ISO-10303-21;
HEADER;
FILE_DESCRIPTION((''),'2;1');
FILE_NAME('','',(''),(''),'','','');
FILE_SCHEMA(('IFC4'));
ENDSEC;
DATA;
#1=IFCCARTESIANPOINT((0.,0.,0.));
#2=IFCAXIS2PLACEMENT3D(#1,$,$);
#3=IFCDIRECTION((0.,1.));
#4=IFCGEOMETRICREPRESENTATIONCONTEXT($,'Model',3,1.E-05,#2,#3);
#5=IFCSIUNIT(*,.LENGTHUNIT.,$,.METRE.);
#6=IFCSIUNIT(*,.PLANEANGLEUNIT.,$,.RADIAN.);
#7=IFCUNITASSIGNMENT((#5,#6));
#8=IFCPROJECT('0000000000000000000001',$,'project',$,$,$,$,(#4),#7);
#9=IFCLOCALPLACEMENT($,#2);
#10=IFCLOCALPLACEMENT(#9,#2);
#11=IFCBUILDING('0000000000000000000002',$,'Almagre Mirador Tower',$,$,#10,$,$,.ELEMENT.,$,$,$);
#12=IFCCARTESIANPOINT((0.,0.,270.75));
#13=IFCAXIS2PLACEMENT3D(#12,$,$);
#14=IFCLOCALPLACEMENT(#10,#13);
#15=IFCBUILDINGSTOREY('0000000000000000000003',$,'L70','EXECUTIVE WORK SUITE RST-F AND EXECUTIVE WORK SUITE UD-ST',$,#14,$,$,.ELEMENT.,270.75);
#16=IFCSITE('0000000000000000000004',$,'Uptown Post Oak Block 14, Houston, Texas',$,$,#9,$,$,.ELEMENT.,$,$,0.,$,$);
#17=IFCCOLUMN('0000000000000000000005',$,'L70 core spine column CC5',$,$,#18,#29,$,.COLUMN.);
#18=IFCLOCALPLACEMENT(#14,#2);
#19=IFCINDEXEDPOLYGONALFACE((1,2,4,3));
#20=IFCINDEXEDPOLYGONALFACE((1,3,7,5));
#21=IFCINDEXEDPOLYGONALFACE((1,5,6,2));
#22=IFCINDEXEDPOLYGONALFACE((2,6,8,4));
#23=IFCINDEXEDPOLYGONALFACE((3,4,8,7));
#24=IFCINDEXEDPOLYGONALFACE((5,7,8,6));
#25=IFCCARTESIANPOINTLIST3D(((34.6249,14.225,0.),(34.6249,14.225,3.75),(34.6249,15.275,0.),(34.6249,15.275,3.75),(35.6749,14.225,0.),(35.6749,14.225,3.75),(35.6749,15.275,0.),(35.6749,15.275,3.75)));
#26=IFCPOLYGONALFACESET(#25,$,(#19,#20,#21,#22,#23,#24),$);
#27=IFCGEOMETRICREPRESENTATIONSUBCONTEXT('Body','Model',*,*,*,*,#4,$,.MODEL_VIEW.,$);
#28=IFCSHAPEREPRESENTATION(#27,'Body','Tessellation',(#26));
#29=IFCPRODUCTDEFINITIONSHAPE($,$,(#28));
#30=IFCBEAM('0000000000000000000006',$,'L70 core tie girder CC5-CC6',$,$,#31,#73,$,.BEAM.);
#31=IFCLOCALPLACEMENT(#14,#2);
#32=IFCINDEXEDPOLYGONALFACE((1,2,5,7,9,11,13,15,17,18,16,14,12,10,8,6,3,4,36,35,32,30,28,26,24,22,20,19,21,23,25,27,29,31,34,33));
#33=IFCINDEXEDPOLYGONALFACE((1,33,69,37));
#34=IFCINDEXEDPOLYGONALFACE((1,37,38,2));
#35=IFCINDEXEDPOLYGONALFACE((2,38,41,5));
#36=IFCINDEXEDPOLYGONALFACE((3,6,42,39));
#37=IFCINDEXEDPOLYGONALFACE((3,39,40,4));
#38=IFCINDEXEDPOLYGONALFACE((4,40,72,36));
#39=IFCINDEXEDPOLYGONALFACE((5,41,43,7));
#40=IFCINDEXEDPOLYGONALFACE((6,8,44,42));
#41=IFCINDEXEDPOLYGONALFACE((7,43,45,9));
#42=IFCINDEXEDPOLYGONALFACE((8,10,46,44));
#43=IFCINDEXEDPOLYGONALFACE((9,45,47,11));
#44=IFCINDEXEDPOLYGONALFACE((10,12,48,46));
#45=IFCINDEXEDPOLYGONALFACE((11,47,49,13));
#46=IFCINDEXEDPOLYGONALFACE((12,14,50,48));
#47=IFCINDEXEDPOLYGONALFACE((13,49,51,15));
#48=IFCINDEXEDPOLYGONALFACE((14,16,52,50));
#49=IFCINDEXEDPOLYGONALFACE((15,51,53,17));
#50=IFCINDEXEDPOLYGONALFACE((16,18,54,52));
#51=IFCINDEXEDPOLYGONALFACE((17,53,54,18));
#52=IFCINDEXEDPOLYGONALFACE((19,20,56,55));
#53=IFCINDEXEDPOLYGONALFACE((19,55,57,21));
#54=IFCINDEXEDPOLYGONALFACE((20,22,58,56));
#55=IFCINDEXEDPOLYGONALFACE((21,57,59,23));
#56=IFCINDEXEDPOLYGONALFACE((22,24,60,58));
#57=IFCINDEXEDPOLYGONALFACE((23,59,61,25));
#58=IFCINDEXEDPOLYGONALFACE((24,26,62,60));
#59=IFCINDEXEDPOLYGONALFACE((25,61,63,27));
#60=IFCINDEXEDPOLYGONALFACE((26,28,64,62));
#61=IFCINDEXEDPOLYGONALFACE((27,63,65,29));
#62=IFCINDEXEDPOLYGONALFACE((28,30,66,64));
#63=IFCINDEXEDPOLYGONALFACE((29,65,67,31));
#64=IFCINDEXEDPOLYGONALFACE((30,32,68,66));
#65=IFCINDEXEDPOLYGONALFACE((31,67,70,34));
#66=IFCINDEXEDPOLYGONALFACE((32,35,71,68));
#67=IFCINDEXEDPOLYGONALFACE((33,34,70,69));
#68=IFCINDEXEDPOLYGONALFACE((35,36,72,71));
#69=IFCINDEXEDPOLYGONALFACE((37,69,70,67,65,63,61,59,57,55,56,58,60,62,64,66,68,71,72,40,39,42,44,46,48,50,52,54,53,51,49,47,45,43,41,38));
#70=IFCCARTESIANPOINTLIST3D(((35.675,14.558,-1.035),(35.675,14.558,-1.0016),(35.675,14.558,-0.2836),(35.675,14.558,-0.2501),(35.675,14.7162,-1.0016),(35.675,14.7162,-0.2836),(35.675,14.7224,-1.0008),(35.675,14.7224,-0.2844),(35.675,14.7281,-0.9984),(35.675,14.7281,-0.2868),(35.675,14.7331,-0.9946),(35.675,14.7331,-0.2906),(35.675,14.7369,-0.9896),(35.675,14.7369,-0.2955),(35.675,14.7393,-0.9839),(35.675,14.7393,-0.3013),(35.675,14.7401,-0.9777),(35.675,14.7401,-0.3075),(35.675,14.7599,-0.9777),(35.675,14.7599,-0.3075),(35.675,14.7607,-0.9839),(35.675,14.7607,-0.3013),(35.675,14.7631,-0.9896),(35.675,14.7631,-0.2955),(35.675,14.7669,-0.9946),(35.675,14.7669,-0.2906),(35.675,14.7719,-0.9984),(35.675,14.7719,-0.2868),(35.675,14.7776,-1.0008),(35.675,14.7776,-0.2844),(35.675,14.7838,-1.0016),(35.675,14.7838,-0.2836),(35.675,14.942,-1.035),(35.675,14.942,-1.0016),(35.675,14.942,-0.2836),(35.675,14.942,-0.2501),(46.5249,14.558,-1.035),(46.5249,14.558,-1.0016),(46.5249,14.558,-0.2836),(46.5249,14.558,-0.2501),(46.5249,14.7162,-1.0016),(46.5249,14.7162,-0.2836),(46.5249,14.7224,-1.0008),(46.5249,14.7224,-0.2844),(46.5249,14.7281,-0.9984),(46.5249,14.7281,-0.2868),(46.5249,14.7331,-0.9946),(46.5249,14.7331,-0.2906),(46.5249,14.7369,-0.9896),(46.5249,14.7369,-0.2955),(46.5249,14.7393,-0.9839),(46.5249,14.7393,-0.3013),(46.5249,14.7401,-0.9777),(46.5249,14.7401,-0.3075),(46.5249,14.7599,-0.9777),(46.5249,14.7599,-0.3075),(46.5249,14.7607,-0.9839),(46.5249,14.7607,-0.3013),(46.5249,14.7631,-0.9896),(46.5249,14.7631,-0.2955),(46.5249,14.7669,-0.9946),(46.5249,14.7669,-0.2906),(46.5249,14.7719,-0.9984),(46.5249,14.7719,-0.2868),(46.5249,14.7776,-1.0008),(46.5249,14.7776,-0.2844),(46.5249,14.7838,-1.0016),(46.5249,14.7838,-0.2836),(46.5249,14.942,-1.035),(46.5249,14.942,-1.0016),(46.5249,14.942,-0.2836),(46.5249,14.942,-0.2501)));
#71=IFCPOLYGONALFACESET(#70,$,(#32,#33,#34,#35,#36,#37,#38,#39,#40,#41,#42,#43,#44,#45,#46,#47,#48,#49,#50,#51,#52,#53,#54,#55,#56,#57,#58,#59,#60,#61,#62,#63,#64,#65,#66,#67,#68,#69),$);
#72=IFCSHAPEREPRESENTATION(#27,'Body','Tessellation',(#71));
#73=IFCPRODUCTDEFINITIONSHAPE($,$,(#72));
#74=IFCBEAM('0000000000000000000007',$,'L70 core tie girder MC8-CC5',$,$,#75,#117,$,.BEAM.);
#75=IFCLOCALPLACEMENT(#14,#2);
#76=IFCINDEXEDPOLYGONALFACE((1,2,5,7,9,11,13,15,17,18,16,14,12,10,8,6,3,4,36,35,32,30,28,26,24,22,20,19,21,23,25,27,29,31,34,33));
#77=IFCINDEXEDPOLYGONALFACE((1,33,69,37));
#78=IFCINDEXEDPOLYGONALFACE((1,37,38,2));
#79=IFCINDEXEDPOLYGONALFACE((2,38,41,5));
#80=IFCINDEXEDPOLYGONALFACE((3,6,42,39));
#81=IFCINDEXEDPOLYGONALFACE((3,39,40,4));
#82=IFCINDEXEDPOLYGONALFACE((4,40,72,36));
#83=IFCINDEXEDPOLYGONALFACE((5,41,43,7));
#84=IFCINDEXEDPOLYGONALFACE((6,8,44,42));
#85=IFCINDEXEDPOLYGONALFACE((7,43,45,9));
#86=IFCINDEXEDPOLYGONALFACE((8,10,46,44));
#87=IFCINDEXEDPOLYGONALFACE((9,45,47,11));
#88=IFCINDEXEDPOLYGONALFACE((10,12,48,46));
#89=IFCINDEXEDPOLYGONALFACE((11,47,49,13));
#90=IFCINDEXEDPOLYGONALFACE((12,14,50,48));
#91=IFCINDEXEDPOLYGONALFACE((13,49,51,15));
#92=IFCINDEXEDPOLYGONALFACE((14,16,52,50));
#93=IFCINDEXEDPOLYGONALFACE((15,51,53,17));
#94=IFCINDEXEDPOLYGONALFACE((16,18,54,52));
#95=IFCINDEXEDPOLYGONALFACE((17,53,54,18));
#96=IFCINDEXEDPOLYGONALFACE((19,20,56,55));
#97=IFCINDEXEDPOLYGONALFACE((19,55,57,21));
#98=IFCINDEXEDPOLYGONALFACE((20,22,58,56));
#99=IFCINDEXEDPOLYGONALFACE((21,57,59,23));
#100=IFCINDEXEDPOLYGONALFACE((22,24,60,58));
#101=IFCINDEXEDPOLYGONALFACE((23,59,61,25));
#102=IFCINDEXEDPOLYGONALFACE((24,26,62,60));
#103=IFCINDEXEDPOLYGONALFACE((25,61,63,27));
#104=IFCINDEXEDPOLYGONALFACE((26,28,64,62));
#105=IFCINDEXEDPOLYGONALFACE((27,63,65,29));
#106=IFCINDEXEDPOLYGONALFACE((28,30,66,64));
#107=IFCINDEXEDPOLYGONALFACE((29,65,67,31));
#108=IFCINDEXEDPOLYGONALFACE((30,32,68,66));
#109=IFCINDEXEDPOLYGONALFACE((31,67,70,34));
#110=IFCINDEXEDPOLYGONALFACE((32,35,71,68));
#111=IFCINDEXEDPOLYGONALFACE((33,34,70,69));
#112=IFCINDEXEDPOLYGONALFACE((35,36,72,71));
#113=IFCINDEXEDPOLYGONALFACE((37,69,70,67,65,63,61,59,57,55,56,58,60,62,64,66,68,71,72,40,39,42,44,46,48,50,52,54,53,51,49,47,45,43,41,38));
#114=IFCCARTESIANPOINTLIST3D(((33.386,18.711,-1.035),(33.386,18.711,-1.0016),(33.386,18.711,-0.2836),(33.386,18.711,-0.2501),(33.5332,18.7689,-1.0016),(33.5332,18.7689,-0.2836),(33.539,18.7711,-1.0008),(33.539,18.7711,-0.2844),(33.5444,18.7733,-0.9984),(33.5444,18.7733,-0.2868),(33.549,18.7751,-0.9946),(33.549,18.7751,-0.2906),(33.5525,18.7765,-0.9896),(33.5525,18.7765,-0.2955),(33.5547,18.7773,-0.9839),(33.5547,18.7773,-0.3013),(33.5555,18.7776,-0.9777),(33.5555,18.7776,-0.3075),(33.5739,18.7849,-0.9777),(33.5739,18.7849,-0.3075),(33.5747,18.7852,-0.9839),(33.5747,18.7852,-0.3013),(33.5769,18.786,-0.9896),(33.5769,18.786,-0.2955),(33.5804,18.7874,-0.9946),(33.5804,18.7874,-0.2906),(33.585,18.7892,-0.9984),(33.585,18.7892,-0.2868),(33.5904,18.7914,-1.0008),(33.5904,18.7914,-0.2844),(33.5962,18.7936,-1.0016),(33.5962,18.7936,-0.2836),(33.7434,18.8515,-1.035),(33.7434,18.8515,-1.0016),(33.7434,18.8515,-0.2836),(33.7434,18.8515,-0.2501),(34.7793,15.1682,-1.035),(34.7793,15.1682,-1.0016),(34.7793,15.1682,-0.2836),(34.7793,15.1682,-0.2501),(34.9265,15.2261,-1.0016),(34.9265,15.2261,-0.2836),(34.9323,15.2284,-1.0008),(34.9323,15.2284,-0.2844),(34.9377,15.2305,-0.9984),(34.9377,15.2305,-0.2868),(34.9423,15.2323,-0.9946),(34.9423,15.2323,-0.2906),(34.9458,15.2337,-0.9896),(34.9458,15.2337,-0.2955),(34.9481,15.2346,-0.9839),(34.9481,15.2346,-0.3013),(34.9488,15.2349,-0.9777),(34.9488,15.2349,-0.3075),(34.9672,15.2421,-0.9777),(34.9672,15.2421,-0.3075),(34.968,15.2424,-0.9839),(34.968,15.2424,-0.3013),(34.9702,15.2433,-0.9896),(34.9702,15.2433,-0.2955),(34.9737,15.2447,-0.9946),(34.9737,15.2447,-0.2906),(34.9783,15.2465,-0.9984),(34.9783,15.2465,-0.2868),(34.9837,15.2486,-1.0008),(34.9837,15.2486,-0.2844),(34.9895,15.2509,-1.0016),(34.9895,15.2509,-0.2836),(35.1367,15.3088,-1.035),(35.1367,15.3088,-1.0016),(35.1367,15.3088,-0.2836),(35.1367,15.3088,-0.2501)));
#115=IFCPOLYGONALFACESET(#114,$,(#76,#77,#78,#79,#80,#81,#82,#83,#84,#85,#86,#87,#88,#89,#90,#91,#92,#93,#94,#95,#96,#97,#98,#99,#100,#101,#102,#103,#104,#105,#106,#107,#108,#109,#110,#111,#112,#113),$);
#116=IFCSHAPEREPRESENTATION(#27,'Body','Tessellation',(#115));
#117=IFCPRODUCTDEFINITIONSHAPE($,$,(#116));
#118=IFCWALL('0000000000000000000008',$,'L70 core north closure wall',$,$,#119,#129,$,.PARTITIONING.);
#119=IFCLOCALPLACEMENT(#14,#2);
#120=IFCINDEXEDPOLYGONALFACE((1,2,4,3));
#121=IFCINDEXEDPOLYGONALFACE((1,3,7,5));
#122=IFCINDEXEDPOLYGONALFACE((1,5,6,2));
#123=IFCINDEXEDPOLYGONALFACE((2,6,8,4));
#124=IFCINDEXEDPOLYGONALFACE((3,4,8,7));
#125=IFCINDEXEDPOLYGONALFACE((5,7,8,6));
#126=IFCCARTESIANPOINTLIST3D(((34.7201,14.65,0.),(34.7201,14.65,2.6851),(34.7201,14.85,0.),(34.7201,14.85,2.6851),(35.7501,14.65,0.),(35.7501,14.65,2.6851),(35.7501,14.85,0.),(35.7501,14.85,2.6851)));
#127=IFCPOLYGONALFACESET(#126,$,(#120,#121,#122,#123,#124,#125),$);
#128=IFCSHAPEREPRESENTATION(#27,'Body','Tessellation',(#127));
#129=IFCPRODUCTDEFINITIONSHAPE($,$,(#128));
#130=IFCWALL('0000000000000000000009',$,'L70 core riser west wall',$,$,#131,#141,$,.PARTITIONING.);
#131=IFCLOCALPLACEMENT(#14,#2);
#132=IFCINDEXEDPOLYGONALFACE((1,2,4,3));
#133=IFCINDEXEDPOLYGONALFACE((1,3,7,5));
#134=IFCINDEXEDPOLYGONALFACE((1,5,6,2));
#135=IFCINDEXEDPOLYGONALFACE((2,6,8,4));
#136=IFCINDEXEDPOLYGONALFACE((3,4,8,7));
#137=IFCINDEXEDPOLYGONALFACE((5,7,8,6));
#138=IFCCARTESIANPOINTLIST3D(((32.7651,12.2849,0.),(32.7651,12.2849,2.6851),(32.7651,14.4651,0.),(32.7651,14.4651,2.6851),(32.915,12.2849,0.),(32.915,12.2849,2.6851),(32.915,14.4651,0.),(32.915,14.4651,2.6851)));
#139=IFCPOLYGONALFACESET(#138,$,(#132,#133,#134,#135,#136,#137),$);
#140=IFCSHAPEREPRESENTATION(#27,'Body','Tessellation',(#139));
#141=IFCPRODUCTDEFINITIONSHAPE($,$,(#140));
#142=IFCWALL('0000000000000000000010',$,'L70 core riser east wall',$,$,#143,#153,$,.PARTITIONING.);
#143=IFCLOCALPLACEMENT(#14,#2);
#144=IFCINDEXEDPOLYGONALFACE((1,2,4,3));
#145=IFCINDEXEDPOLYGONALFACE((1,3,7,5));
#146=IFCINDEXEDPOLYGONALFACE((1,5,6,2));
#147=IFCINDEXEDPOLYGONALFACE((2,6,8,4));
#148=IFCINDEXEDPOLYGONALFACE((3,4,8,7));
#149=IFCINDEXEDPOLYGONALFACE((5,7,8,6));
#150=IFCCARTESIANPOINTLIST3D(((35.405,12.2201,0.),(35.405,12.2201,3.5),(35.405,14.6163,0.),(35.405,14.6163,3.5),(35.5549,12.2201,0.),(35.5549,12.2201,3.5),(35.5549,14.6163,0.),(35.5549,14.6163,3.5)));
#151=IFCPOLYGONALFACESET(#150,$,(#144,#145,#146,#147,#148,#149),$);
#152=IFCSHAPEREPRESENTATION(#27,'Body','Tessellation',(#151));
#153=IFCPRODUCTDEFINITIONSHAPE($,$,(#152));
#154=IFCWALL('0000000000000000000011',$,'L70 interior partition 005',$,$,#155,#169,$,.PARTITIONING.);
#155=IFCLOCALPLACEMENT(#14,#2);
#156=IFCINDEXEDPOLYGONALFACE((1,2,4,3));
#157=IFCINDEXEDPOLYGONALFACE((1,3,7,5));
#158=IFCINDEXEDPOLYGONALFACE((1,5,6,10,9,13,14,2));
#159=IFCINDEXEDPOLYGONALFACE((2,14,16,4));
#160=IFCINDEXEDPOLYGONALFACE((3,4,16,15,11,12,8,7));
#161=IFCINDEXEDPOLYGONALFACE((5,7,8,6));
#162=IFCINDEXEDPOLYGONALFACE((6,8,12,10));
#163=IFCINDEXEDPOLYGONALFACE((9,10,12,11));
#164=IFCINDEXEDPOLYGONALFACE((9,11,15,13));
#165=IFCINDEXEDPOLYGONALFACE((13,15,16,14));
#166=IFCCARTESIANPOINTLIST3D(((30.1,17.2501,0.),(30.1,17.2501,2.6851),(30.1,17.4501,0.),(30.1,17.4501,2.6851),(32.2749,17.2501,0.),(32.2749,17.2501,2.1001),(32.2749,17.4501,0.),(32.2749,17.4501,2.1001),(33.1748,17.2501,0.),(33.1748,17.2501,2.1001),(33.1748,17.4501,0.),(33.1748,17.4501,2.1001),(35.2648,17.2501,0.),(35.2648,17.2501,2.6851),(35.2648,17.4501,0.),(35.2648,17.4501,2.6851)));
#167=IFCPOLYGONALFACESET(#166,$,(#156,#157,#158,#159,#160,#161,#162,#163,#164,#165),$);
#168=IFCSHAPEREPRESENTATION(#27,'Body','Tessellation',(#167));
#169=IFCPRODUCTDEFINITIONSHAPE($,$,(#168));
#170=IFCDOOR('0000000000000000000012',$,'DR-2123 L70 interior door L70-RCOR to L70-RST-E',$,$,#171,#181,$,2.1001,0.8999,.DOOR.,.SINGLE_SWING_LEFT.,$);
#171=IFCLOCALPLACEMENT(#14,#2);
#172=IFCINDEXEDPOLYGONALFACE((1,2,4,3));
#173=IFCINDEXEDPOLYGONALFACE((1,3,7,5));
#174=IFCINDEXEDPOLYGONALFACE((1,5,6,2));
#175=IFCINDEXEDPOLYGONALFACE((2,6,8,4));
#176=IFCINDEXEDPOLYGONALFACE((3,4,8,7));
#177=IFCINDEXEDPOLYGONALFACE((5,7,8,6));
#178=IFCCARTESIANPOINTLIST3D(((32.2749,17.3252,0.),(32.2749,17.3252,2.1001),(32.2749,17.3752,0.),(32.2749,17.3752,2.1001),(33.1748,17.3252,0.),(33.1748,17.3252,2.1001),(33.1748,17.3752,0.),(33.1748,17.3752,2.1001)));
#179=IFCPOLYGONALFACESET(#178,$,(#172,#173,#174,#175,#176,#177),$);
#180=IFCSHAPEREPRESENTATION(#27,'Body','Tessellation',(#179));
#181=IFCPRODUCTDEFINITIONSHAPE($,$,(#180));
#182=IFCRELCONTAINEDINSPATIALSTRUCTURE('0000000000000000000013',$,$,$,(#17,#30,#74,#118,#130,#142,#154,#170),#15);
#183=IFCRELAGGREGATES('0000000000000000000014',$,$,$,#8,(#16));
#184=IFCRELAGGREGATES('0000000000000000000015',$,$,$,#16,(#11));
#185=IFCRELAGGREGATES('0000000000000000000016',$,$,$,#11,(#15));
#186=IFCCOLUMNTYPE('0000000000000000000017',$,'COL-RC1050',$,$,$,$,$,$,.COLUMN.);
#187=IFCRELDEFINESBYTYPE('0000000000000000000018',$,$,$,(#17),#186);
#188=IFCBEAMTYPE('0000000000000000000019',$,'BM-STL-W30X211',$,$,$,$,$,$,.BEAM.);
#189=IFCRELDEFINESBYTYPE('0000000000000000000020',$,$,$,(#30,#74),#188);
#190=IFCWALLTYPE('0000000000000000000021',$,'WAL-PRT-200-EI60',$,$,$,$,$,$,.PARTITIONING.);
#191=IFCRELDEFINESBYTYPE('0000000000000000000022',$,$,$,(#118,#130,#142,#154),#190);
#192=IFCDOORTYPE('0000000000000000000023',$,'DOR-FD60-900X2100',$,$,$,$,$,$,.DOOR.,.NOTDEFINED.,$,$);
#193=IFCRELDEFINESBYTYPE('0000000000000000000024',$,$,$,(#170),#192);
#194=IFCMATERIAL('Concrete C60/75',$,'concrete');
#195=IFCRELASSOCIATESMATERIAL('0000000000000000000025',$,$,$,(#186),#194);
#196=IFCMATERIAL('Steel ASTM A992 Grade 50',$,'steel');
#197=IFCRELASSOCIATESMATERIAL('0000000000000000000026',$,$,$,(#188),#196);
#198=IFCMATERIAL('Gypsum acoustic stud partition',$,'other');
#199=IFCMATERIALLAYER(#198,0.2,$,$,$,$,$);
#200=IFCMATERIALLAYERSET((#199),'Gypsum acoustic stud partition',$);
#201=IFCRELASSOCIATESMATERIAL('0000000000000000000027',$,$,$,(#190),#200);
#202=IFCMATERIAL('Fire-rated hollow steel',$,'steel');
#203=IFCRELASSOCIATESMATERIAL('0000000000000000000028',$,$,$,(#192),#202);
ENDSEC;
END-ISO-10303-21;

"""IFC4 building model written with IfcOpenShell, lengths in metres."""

from ifc_helpers import new_model, si_unit, direction, frame, frame_2d, origin, origin_2d, place, context, subcontext, project, spatial, rectangle, i_section, extrude, material, layer, layer_set, material_profile, profile_set, type_object, element, fill, save


model = new_model("IFC4")

# Units and contexts
model_context = context("Model", 3, precision=1e-05, world=origin(), true_north=direction((0.0, 1.0)))
body_context = subcontext(model_context, "Body", "Model", "MODEL_VIEW")
ifc_project = project(units=[si_unit("LENGTHUNIT", "METRE"), si_unit("PLANEANGLEUNIT", "RADIAN")], contexts=[model_context])

# Site, building, storey
site_placement = place(None, origin())
site = spatial("IfcSite", under=ifc_project, at=site_placement, Name="Uptown Post Oak Block 14, Houston, Texas", CompositionType="ELEMENT", RefElevation=0.0)
building_placement = place(site_placement, origin())
building = spatial("IfcBuilding", under=site, at=building_placement, Name="Almagre Mirador Tower", CompositionType="ELEMENT")
storey_placement = place(building_placement, frame((0.0, 0.0, 270.75)))
storey = spatial("IfcBuildingStorey", under=building, at=storey_placement, Name="L70", Description="EXECUTIVE WORK SUITE RST-F AND EXECUTIVE WORK SUITE UD-ST", CompositionType="ELEMENT", Elevation=270.75)

# Column
ifc_material_1 = material(Name="Concrete C60/75", Category="concrete")
ifc_material_profile_1 = material_profile(ifc_material_1, rectangle(XDim=1.05, YDim=1.05, at=origin_2d()), Name="RC1050X1050")
ifc_profile_set_1 = profile_set([ifc_material_profile_1], Name="Concrete C60/75")
column_type = type_object("IfcColumnType", Name="COL-RC1050", PredefinedType="COLUMN", material=ifc_profile_set_1)
column_placement = place(storey_placement, frame((35.1499, 14.75, 0.0), z_axis=(0.0, 0.0, 1.0), x_axis=(1.0, 0.0, 0.0)))
element("IfcColumn", 1, at=column_placement, inside=storey, type_object=column_type, Name="L70 core spine column CC5", PredefinedType="COLUMN", context=body_context, shape_type="SweptSolid", body=[
    extrude(rectangle(XDim=1.05, YDim=1.05, at=origin_2d()), origin(), (0.0, 0.0, 1.0), 3.75),
])

# Beams
ifc_material_2 = material(Name="Steel ASTM A992 Grade 50", Category="steel")
ifc_material_profile_2 = material_profile(ifc_material_2, i_section(OverallWidth=0.384, OverallDepth=0.7849, WebThickness=0.0198, FlangeThickness=0.0334, FilletRadius=0.0239, at=origin_2d()), Name="W30X211")
ifc_profile_set_2 = profile_set([ifc_material_profile_2], Name="Steel ASTM A992 Grade 50")
beam_type = type_object("IfcBeamType", Name="BM-STL-W30X211", PredefinedType="BEAM", material=ifc_profile_set_2)
beam_1_placement = place(storey_placement, frame((35.675, 14.75, -0.6426), z_axis=(1.0, 0.0, 0.0), x_axis=(0.0, 1.0, 0.0)))
element("IfcBeam", 2, at=beam_1_placement, inside=storey, type_object=beam_type, Name="L70 core tie girder CC5-CC6", PredefinedType="BEAM", context=body_context, shape_type="SweptSolid", body=[
    extrude(i_section(OverallWidth=0.384, OverallDepth=0.7849, WebThickness=0.0198, FlangeThickness=0.0334, FilletRadius=0.0239, at=origin_2d()), origin(), (0.0, 0.0, 1.0), 10.8499),
])
beam_2_placement = place(storey_placement, frame((33.5647, 18.7812, -0.6426), z_axis=(0.366, -0.930615, 0.0), x_axis=(0.930615, 0.366, 0.0)))
element("IfcBeam", 3, at=beam_2_placement, inside=storey, type_object=beam_type, Name="L70 core tie girder MC8-CC5", PredefinedType="BEAM", context=body_context, shape_type="SweptSolid", body=[
    extrude(i_section(OverallWidth=0.384, OverallDepth=0.7849, WebThickness=0.0198, FlangeThickness=0.0334, FilletRadius=0.0239, at=origin_2d()), origin(), (0.0, 0.0, 1.0), 3.8069),
])

# Wall
ifc_material_3 = material(Name="Gypsum acoustic stud partition", Category="other")
ifc_layer_1 = layer(ifc_material_3, 0.2)
ifc_layer_set_1 = layer_set([ifc_layer_1], Name="Gypsum acoustic stud partition")
wall_type_1 = type_object("IfcWallType", Name="WAL-PRT-200-EI60", PredefinedType="PARTITIONING", material=ifc_layer_set_1)
wall_1_placement = place(storey_placement, frame((34.72, 14.75, 0.0), z_axis=(0.0, 0.0, 1.0), x_axis=(1.0, 0.0, 0.0)))
element("IfcWall", 4, at=wall_1_placement, inside=storey, type_object=wall_type_1, Name="L70 core north closure wall", PredefinedType="PARTITIONING", context=body_context, shape_type="SweptSolid", body=[
    extrude(rectangle(XDim=1.03, YDim=0.2, at=frame_2d((0.5151, 0.0))), origin(), (0.0, 0.0, 1.0), 2.6851),
])

# Walls
wall_2_placement = place(storey_placement, frame((32.8401, 12.2849, 0.0), z_axis=(0.0, 0.0, 1.0), x_axis=(0.0, 1.0, 0.0)))
element("IfcWall", 5, at=wall_2_placement, inside=storey, type_object=wall_type_1, Name="L70 core riser west wall", PredefinedType="PARTITIONING", context=body_context, shape_type="SweptSolid", body=[
    extrude(rectangle(XDim=2.1802, YDim=0.1499, at=frame_2d((1.0901, 0.0))), origin(), (0.0, 0.0, 1.0), 2.6851),
])
wall_3_placement = place(storey_placement, frame((35.48, 12.22, 0.0), z_axis=(0.0, 0.0, 1.0), x_axis=(0.0, 1.0, 0.0)))
element("IfcWall", 6, at=wall_3_placement, inside=storey, type_object=wall_type_1, Name="L70 core riser east wall", PredefinedType="PARTITIONING", context=body_context, shape_type="SweptSolid", body=[
    extrude(rectangle(XDim=2.3962, YDim=0.1499, at=frame_2d((1.1982, 0.0))), origin(), (0.0, 0.0, 1.0), 3.5),
])

# Wall, opening, door
wall_4_placement = place(storey_placement, frame((35.2649, 17.3501, 0.0), z_axis=(0.0, 0.0, 1.0), x_axis=(-1.0, 0.0, 0.0)))
wall_4 = element("IfcWall", 7, at=wall_4_placement, inside=storey, type_object=wall_type_1, Name="L70 interior partition 005", PredefinedType="PARTITIONING", context=body_context, shape_type="SweptSolid", body=[
    extrude(rectangle(XDim=5.1648, YDim=0.2, at=frame_2d((2.5825, 0.0))), origin(), (0.0, 0.0, 1.0), 2.6851),
])
opening_1_placement = place(wall_4_placement, frame((2.0901, 0.0, 0.0)))
opening_1 = element("IfcOpeningElement", 8, at=opening_1_placement, cuts=wall_4, PredefinedType="OPENING", context=body_context, shape_type="SweptSolid", body=[
    extrude(rectangle(XDim=0.8999, YDim=2.1001, at=frame_2d((0.45, 1.05))), frame((0.0, 0.1101, 0.0), z_axis=(0.0, -1.0, 0.0), x_axis=(1.0, 0.0, 0.0)), (0.0, 0.0, 1.0), 0.22),
])
ifc_material_4 = material(Name="Fire-rated hollow steel", Category="steel")
door_type_1 = type_object("IfcDoorType", Name="DOR-FD60-900X2100", OperationType="NOTDEFINED", PredefinedType="DOOR", material=ifc_material_4)
door_1_placement = place(opening_1_placement, origin())
door_1 = element("IfcDoor", 9, at=door_1_placement, inside=storey, type_object=door_type_1, Name="DR-2123 L70 interior door L70-RCOR to L70-RST-E", OperationType="SINGLE_SWING_LEFT", OverallHeight=2.1001, OverallWidth=0.8999, PredefinedType="DOOR", context=body_context, shape_type="SweptSolid", body=[
    extrude(rectangle(XDim=0.8999, YDim=2.1001, at=frame_2d((0.45, 1.05))), frame((0.0, 0.0249, 0.0), z_axis=(0.0, -1.0, 0.0), x_axis=(1.0, 0.0, 0.0)), (0.0, 0.0, 1.0), 0.05),
])
fill(opening_1, door_1)

save(model, "model.ifc")
